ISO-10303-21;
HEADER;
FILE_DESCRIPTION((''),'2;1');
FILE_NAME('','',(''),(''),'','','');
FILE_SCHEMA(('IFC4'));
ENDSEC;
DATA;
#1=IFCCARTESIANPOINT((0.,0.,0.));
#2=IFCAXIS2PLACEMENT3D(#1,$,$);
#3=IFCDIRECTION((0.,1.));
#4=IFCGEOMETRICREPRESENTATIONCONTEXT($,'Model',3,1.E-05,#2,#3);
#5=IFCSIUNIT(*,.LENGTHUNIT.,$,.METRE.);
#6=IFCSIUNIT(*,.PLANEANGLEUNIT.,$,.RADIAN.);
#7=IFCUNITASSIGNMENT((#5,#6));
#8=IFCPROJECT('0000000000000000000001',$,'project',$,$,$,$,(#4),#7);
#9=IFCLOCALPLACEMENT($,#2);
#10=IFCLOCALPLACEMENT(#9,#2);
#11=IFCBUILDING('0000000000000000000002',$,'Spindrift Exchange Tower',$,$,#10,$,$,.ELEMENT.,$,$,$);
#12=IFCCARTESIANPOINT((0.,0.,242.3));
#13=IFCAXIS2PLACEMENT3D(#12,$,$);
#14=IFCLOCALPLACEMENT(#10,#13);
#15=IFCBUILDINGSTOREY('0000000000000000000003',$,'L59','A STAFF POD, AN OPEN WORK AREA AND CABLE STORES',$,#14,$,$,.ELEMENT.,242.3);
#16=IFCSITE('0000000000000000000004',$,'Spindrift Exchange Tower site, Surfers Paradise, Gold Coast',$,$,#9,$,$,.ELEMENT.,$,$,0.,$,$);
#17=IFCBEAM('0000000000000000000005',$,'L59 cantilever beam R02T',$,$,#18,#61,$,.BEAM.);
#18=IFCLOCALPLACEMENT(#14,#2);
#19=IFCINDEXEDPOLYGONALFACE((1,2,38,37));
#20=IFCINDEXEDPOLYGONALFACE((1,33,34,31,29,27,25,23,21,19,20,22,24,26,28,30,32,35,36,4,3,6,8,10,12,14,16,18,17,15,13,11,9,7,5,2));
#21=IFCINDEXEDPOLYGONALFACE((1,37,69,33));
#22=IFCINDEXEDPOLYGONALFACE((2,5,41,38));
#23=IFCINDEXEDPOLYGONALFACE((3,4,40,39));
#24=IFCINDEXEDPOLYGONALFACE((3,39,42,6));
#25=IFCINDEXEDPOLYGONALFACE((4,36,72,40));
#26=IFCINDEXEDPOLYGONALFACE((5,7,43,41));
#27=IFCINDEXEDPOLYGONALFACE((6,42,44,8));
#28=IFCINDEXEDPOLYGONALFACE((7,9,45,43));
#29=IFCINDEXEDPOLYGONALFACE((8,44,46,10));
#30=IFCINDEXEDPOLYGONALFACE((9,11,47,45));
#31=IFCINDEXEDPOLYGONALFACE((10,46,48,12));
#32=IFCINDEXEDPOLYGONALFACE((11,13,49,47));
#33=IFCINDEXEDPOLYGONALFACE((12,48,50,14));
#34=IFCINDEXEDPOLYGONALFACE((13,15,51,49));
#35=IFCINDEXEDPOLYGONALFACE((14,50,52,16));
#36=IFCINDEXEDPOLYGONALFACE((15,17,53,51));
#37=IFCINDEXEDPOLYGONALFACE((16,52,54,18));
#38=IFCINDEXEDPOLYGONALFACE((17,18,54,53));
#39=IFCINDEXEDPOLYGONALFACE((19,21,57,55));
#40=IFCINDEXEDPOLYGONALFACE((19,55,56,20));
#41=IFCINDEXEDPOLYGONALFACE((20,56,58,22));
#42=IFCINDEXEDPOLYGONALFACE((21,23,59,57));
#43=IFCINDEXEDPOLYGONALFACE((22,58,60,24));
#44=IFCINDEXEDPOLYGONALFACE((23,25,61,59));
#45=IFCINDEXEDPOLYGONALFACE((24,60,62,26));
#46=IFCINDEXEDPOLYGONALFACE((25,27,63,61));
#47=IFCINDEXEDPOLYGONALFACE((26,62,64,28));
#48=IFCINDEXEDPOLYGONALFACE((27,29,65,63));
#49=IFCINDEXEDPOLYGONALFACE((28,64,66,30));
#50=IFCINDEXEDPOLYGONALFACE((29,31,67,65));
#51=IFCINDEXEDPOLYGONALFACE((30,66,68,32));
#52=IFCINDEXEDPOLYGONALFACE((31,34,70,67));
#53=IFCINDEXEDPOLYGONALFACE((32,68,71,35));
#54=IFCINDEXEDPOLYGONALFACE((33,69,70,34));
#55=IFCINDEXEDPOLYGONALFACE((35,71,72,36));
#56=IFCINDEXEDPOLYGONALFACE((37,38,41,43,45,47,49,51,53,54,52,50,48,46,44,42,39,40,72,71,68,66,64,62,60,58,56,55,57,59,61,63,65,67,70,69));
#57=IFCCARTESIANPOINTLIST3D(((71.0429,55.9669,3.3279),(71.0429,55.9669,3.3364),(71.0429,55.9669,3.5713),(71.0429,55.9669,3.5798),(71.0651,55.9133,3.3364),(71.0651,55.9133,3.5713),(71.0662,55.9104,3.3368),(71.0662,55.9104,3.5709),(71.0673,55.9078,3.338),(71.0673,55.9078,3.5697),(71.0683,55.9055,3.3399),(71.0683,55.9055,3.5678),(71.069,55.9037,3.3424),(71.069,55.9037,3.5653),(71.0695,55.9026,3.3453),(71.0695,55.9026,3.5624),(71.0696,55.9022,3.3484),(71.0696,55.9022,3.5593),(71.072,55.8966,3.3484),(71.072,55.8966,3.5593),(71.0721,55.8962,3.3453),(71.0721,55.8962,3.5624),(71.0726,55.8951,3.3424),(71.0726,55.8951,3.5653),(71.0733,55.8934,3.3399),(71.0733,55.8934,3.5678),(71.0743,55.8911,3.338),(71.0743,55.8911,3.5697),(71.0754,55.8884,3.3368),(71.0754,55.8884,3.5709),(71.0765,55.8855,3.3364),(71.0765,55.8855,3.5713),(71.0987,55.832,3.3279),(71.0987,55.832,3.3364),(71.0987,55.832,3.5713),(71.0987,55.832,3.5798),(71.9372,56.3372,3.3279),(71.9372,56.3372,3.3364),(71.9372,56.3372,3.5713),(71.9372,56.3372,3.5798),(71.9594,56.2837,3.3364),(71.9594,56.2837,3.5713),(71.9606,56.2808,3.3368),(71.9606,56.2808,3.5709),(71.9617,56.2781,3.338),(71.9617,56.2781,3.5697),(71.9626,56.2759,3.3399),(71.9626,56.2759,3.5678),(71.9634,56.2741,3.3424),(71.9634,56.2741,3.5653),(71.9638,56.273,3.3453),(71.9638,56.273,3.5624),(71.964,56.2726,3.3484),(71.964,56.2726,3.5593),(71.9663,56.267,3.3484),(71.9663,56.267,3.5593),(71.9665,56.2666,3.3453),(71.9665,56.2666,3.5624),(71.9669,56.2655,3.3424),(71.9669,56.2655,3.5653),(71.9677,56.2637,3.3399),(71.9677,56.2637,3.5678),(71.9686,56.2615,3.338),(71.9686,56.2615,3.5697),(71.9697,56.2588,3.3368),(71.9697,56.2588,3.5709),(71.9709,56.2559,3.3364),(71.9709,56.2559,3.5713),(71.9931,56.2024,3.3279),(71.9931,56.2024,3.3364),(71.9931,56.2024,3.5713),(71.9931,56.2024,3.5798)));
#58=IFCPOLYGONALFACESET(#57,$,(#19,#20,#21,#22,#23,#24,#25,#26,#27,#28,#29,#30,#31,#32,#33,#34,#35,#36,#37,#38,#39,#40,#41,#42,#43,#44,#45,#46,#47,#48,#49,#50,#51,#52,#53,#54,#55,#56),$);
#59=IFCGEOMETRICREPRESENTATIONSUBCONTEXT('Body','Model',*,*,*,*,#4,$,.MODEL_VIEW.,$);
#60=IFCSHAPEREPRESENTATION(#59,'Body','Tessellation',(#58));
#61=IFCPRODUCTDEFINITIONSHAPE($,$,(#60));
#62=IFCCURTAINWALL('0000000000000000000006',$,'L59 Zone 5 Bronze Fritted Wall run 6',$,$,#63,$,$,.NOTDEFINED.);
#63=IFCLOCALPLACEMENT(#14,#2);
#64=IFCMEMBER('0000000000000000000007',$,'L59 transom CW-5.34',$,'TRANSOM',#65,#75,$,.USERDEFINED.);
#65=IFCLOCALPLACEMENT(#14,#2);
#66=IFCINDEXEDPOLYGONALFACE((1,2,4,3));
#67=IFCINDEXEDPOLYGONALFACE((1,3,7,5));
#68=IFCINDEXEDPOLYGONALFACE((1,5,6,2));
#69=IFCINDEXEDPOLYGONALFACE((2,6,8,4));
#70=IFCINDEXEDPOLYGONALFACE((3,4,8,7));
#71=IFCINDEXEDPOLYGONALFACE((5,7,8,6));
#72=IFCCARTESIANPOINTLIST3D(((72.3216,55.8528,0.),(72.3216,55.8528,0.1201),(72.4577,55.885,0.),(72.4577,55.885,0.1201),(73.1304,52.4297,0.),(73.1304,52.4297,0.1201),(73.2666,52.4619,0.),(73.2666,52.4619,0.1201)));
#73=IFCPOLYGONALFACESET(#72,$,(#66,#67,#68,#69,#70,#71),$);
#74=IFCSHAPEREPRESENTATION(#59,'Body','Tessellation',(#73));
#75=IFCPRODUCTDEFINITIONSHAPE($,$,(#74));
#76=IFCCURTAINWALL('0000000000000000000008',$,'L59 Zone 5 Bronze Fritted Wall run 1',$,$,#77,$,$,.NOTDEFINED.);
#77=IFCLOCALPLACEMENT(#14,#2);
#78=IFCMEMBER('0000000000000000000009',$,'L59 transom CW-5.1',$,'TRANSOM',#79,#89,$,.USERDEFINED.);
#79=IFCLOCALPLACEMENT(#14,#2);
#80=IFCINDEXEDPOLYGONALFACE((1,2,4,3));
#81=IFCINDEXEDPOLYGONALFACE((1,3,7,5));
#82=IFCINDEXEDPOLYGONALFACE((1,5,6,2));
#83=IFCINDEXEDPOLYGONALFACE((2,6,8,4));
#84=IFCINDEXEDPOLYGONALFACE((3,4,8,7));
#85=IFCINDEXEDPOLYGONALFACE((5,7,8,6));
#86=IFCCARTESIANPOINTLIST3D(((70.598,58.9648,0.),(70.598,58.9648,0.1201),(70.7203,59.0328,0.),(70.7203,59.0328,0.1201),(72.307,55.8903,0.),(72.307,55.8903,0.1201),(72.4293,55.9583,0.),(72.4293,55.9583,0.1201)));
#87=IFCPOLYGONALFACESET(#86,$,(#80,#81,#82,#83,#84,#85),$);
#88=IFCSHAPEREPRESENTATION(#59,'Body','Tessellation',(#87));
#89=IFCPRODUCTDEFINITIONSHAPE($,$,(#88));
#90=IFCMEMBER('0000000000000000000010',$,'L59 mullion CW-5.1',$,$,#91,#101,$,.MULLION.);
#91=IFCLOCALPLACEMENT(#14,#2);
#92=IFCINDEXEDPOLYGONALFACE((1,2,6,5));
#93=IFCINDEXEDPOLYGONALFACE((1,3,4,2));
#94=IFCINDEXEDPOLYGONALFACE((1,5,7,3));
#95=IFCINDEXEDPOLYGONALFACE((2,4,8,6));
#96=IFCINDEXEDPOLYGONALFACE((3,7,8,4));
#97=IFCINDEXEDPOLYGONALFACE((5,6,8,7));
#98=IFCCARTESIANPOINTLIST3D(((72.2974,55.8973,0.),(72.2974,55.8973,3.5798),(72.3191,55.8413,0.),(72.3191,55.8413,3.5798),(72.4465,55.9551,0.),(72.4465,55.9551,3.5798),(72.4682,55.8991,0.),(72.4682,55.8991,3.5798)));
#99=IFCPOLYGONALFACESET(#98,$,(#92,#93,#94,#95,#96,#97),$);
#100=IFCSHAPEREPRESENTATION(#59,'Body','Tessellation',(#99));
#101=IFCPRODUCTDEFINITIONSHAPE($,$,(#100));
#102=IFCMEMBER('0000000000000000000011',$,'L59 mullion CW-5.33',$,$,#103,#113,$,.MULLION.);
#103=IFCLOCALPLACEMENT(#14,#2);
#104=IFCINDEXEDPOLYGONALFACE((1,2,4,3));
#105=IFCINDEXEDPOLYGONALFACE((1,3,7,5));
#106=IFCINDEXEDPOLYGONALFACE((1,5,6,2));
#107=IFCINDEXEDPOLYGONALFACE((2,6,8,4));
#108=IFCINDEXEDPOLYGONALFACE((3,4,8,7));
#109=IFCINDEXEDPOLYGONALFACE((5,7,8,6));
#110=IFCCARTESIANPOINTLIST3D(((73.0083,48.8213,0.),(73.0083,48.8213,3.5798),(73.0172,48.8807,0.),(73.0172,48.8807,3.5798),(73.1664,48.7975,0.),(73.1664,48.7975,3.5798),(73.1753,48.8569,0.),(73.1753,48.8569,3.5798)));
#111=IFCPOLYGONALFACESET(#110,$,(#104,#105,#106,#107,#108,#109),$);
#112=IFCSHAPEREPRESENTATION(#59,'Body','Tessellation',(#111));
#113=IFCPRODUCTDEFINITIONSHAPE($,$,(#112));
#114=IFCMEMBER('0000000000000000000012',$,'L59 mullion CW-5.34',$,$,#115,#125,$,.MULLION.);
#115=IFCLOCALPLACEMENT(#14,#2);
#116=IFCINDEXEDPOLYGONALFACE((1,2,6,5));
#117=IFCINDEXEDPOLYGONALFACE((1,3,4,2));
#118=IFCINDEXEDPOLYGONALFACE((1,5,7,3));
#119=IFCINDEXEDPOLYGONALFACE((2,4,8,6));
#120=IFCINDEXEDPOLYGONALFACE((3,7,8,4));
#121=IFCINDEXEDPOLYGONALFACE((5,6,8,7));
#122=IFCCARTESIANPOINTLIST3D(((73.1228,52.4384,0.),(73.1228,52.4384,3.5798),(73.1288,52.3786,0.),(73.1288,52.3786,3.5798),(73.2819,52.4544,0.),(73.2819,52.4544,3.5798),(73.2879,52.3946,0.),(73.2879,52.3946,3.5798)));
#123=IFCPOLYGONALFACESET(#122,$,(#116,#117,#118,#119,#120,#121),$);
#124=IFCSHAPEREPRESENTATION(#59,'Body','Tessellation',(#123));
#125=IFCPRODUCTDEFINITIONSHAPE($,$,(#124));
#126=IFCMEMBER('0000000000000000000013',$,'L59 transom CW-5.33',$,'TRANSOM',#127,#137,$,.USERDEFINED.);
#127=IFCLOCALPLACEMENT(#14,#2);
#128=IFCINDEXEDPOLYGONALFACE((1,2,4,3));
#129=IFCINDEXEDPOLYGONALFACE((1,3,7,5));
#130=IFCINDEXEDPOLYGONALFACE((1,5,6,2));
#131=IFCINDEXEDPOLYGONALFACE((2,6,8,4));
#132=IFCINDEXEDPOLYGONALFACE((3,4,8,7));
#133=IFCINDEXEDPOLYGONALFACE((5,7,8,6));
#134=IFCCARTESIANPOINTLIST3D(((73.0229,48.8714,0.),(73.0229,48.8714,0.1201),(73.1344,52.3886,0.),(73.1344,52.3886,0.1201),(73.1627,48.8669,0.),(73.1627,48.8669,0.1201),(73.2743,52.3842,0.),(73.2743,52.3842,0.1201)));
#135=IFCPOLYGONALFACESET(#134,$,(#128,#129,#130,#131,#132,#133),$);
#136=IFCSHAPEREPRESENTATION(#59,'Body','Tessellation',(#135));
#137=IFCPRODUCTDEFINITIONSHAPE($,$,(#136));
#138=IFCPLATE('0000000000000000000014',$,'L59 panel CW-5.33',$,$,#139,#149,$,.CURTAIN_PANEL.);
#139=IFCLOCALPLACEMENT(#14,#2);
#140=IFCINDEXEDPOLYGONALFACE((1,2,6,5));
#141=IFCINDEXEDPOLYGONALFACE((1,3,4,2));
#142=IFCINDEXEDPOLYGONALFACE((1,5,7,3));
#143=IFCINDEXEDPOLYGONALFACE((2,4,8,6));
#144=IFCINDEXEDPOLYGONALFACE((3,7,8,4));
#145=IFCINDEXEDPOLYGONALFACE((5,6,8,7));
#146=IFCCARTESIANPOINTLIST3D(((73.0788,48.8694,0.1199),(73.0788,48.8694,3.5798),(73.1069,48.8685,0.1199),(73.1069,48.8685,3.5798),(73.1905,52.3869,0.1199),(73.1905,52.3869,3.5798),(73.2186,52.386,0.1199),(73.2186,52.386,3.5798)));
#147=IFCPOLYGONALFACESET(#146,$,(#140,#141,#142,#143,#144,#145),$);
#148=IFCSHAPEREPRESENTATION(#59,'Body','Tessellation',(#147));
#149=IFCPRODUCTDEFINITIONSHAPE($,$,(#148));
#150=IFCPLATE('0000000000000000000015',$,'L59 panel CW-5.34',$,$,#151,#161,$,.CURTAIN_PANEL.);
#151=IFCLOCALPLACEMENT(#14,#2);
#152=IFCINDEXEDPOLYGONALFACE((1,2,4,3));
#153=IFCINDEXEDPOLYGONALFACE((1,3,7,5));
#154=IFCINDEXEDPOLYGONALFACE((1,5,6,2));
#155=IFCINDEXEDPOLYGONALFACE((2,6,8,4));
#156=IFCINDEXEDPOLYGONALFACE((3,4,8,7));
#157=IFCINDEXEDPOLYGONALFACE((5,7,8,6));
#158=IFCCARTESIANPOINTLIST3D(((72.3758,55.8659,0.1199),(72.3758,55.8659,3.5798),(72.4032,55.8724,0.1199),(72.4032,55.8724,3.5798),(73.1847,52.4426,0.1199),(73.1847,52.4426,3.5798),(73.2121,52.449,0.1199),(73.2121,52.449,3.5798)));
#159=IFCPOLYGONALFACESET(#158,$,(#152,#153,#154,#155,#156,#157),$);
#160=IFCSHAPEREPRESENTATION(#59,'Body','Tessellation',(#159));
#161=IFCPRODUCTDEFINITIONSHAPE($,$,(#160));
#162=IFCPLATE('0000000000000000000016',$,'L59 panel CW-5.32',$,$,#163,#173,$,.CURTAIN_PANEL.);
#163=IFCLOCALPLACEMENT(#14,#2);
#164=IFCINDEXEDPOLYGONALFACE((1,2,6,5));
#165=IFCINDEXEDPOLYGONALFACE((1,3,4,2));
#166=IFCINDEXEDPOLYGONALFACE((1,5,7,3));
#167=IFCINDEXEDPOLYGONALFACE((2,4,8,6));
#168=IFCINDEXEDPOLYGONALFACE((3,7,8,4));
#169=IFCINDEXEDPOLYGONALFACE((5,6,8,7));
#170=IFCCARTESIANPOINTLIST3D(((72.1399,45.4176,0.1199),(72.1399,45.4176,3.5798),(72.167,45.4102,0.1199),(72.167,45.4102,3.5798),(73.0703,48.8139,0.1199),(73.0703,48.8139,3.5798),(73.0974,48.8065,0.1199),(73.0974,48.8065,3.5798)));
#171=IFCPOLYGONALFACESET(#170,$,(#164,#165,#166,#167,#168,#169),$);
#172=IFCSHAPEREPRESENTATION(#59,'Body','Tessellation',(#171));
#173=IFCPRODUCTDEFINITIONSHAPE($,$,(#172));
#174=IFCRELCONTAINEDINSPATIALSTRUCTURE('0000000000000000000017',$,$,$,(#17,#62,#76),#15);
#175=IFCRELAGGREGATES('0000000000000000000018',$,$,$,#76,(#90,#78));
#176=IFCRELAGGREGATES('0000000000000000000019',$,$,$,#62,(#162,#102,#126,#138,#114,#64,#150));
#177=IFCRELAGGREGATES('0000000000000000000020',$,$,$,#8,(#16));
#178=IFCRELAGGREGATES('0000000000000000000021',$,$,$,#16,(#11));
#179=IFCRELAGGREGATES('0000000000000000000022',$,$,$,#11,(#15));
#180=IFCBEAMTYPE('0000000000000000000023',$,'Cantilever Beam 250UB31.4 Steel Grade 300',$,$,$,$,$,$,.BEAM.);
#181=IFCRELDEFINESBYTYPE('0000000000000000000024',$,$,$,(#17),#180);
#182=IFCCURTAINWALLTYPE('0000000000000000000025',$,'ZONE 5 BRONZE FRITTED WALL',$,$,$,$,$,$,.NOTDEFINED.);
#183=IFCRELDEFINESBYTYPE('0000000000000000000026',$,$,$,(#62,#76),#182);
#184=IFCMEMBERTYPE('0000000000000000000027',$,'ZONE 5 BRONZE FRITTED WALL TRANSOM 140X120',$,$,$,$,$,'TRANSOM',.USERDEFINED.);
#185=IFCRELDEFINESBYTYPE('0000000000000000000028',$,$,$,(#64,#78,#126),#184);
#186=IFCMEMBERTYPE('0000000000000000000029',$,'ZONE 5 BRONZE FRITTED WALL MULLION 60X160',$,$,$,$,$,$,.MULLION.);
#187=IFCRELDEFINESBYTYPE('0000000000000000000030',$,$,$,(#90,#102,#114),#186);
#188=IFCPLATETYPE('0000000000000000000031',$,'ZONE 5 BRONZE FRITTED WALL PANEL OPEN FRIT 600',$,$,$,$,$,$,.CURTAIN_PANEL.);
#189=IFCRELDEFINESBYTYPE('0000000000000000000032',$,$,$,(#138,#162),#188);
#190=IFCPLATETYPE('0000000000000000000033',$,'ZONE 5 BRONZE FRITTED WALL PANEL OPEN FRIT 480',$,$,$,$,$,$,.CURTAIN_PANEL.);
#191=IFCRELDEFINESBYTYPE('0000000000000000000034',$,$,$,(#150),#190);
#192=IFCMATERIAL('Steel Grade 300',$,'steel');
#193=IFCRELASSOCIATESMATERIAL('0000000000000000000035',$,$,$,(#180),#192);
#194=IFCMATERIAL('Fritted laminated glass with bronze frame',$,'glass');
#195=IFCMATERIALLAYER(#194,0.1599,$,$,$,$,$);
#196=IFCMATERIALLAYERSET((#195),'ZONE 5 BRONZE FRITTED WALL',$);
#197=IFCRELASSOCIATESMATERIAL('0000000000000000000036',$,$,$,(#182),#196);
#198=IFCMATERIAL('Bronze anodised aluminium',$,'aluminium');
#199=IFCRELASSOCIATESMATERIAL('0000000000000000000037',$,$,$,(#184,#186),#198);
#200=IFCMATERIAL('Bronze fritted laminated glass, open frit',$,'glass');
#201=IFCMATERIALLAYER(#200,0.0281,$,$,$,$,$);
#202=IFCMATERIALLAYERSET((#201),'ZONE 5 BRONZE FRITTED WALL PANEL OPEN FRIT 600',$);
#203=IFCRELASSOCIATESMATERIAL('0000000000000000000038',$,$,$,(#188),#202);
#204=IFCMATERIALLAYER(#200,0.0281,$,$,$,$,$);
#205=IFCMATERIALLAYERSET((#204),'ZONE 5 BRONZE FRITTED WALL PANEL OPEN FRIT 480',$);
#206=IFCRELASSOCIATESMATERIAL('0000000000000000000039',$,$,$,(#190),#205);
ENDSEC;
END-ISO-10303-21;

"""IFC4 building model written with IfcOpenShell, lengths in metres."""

from ifc_helpers import new_model, si_unit, direction, frame, origin, origin_2d, place, context, subcontext, project, spatial, rectangle, i_section, extrude, source, transform, mapped, material, layer, layer_set, material_profile, profile_set, type_object, element, aggregate, save


model = new_model("IFC4")

# Units and contexts
model_context = context("Model", 3, precision=1e-05, world=origin(), true_north=direction((0.0, 1.0)))
body_context = subcontext(model_context, "Body", "Model", "MODEL_VIEW")
ifc_project = project(units=[si_unit("LENGTHUNIT", "METRE"), si_unit("PLANEANGLEUNIT", "RADIAN")], contexts=[model_context])

# Site, building, storey
site_placement = place(None, origin())
site = spatial("IfcSite", under=ifc_project, at=site_placement, Name="Spindrift Exchange Tower site, Surfers Paradise, Gold Coast", CompositionType="ELEMENT", RefElevation=0.0)
building_placement = place(site_placement, origin())
building = spatial("IfcBuilding", under=site, at=building_placement, Name="Spindrift Exchange Tower", CompositionType="ELEMENT")
storey_placement = place(building_placement, frame((0.0, 0.0, 242.3)))
storey = spatial("IfcBuildingStorey", under=building, at=storey_placement, Name="L59", Description="A STAFF POD, AN OPEN WORK AREA AND CABLE STORES", CompositionType="ELEMENT", Elevation=242.3)

# Beam
ifc_material_1 = material(Name="Steel Grade 300", Category="steel")
ifc_material_profile_1 = material_profile(ifc_material_1, i_section(OverallWidth=0.146, OverallDepth=0.252, WebThickness=0.0061, FlangeThickness=0.0085, FilletRadius=0.012, at=origin_2d()), Name="250UB31.4")
ifc_profile_set_1 = profile_set([ifc_material_profile_1], Name="Steel Grade 300")
beam_type_1 = type_object("IfcBeamType", Name="Cantilever Beam 250UB31.4 Steel Grade 300", PredefinedType="BEAM", material=ifc_profile_set_1)
shared_shape_1 = source(origin(), body_context, "Body", "SweptSolid", [
    extrude(i_section(OverallWidth=0.146, OverallDepth=0.252, WebThickness=0.0061, FlangeThickness=0.0085, FilletRadius=0.012, at=origin_2d()), origin(), (0.0, 0.0, 1.0), 0.968),
])
beam_1_placement = place(storey_placement, frame((71.0708, 55.8994, 3.4539), z_axis=(0.923903, 0.382627, 0.0), x_axis=(-0.382627, 0.923903, 0.0)))
element("IfcBeam", 1, at=beam_1_placement, inside=storey, type_object=beam_type_1, Name="L59 cantilever beam R02T", PredefinedType="BEAM", context=body_context, shape_type="MappedRepresentation", body=[
    mapped(shared_shape_1, transform((0.0, 0.0, 0.0), scale=1.0)),
])

# Curtain wall, member
ifc_material_2 = material(Name="Fritted laminated glass with bronze frame", Category="glass")
ifc_layer_1 = layer(ifc_material_2, 0.1599)
ifc_layer_set_1 = layer_set([ifc_layer_1], Name="ZONE 5 BRONZE FRITTED WALL")
curtain_wall_type = type_object("IfcCurtainWallType", Name="ZONE 5 BRONZE FRITTED WALL", PredefinedType="NOTDEFINED", material=ifc_layer_set_1)
curtain_wall_1_placement = place(storey_placement, origin())
curtain_wall_1 = element("IfcCurtainWall", 2, at=curtain_wall_1_placement, inside=storey, type_object=curtain_wall_type, Name="L59 Zone 5 Bronze Fritted Wall run 6", PredefinedType="NOTDEFINED")
ifc_material_3 = material(Name="Bronze anodised aluminium", Category="aluminium")
ifc_material_profile_2 = material_profile(ifc_material_3, rectangle(XDim=0.1399, YDim=0.1201, at=origin_2d()), Name="ZONE 5 BRONZE FRITTED WALL TRANSOM 140X120")
ifc_profile_set_2 = profile_set([ifc_material_profile_2], Name="Bronze anodised aluminium")
member_type_1 = type_object("IfcMemberType", Name="ZONE 5 BRONZE FRITTED WALL TRANSOM 140X120", ElementType="TRANSOM", PredefinedType="USERDEFINED", material=ifc_profile_set_2)
shared_shape_2 = source(origin(), body_context, "Body", "SweptSolid", [
    extrude(rectangle(XDim=0.1399, YDim=0.1201, at=origin_2d()), origin(), (0.0, 0.0, 1.0), 3.5173),
])
member_1_placement = place(storey_placement, frame((73.1985, 52.4458, 0.0601), z_axis=(-0.229956, 0.973201, 0.0), x_axis=(-0.973201, -0.229956, 0.0)))
member_1 = element("IfcMember", 3, at=member_1_placement, type_object=member_type_1, Name="L59 transom CW-5.34", ObjectType="TRANSOM", PredefinedType="USERDEFINED", context=body_context, shape_type="MappedRepresentation", body=[
    mapped(shared_shape_2, transform((0.0, 0.0, 0.0), scale=1.0)),
])

# Curtain wall, members
curtain_wall_2_placement = place(storey_placement, origin())
curtain_wall_2 = element("IfcCurtainWall", 4, at=curtain_wall_2_placement, inside=storey, type_object=curtain_wall_type, Name="L59 Zone 5 Bronze Fritted Wall run 1", PredefinedType="NOTDEFINED")
shared_shape_3 = source(origin(), body_context, "Body", "SweptSolid", [
    extrude(rectangle(XDim=0.1399, YDim=0.1201, at=origin_2d()), origin(), (0.0, 0.0, 1.0), 3.5176),
])
member_2_placement = place(storey_placement, frame((72.3682, 55.9243, 0.0601), z_axis=(-0.485849, 0.874043, 0.0), x_axis=(-0.874043, -0.485849, 0.0)))
member_2 = element("IfcMember", 5, at=member_2_placement, type_object=member_type_1, Name="L59 transom CW-5.1", ObjectType="TRANSOM", PredefinedType="USERDEFINED", context=body_context, shape_type="MappedRepresentation", body=[
    mapped(shared_shape_3, transform((0.0, 0.0, 0.0), scale=1.0)),
])
ifc_material_profile_3 = material_profile(ifc_material_3, rectangle(XDim=0.0601, YDim=0.1599, at=origin_2d()), Name="ZONE 5 BRONZE FRITTED WALL MULLION 60X160")
ifc_profile_set_3 = profile_set([ifc_material_profile_3], Name="Bronze anodised aluminium")
member_type_2 = type_object("IfcMemberType", Name="ZONE 5 BRONZE FRITTED WALL MULLION 60X160", PredefinedType="MULLION", material=ifc_profile_set_3)
shared_shape_4 = source(origin(), body_context, "Body", "SweptSolid", [
    extrude(rectangle(XDim=0.0601, YDim=0.1599, at=origin_2d()), origin(), (0.0, 0.0, 1.0), 3.5798),
])
member_3_placement = place(storey_placement, frame((72.3828, 55.8982, 0.0), z_axis=(0.0, 0.0, 1.0), x_axis=(-0.361319, 0.932442, 0.0)))
member_3 = element("IfcMember", 6, at=member_3_placement, type_object=member_type_2, Name="L59 mullion CW-5.1", PredefinedType="MULLION", context=body_context, shape_type="MappedRepresentation", body=[
    mapped(shared_shape_4, transform((0.0, 0.0, 0.0), scale=1.0)),
])
aggregate(curtain_wall_2, [member_3, member_2])

# Members
member_4_placement = place(storey_placement, frame((73.0918, 48.8391, 0.0), z_axis=(0.0, 0.0, 1.0), x_axis=(0.149009, 0.988836, 0.0)))
member_4 = element("IfcMember", 7, at=member_4_placement, type_object=member_type_2, Name="L59 mullion CW-5.33", PredefinedType="MULLION", context=body_context, shape_type="MappedRepresentation", body=[
    mapped(shared_shape_4, transform((0.0, 0.0, 0.0), scale=1.0)),
])
member_5_placement = place(storey_placement, frame((73.2053, 52.4165, 0.0), z_axis=(0.0, 0.0, 1.0), x_axis=(-0.099979, 0.99499, 0.0)))
member_5 = element("IfcMember", 8, at=member_5_placement, type_object=member_type_2, Name="L59 mullion CW-5.34", PredefinedType="MULLION", context=body_context, shape_type="MappedRepresentation", body=[
    mapped(shared_shape_4, transform((0.0, 0.0, 0.0), scale=1.0)),
])
shared_shape_5 = source(origin(), body_context, "Body", "SweptSolid", [
    extrude(rectangle(XDim=0.1399, YDim=0.1201, at=origin_2d()), origin(), (0.0, 0.0, 1.0), 3.519),
])
member_6_placement = place(storey_placement, frame((73.0928, 48.8691, 0.0601), z_axis=(0.031705, 0.999497, 0.0), x_axis=(-0.999497, 0.031705, 0.0)))
member_6 = element("IfcMember", 9, at=member_6_placement, type_object=member_type_1, Name="L59 transom CW-5.33", ObjectType="TRANSOM", PredefinedType="USERDEFINED", context=body_context, shape_type="MappedRepresentation", body=[
    mapped(shared_shape_5, transform((0.0, 0.0, 0.0), scale=1.0)),
])

# Plates
ifc_material_4 = material(Name="Bronze fritted laminated glass, open frit", Category="glass")
ifc_layer_2 = layer(ifc_material_4, 0.0281)
ifc_layer_set_2 = layer_set([ifc_layer_2], Name="ZONE 5 BRONZE FRITTED WALL PANEL OPEN FRIT 600")
plate_type_1 = type_object("IfcPlateType", Name="ZONE 5 BRONZE FRITTED WALL PANEL OPEN FRIT 600", PredefinedType="CURTAIN_PANEL", material=ifc_layer_set_2)
shared_shape_6 = source(origin(), body_context, "Body", "SweptSolid", [
    extrude(rectangle(XDim=3.5193, YDim=0.0281, at=origin_2d()), origin(), (0.0, 0.0, 1.0), 3.46),
])
plate_1_placement = place(storey_placement, frame((73.1487, 50.6277, 0.1199), z_axis=(0.0, 0.0, 1.0), x_axis=(0.031739, 0.999496, 0.0)))
plate_1 = element("IfcPlate", 10, at=plate_1_placement, type_object=plate_type_1, Name="L59 panel CW-5.33", PredefinedType="CURTAIN_PANEL", context=body_context, shape_type="MappedRepresentation", body=[
    mapped(shared_shape_6, transform((0.0, 0.0, 0.0), scale=1.0)),
])
ifc_layer_3 = layer(ifc_material_4, 0.0281)
ifc_layer_set_3 = layer_set([ifc_layer_3], Name="ZONE 5 BRONZE FRITTED WALL PANEL OPEN FRIT 480")
plate_type_2 = type_object("IfcPlateType", Name="ZONE 5 BRONZE FRITTED WALL PANEL OPEN FRIT 480", PredefinedType="CURTAIN_PANEL", material=ifc_layer_set_3)
shared_shape_7 = source(origin(), body_context, "Body", "SweptSolid", [
    extrude(rectangle(XDim=3.5176, YDim=0.0281, at=origin_2d()), origin(), (0.0, 0.0, 1.0), 3.46),
])
plate_2_placement = place(storey_placement, frame((72.7939, 54.1575, 0.1199), z_axis=(0.0, 0.0, 1.0), x_axis=(-0.22996, 0.9732, 0.0)))
plate_2 = element("IfcPlate", 11, at=plate_2_placement, type_object=plate_type_2, Name="L59 panel CW-5.34", PredefinedType="CURTAIN_PANEL", context=body_context, shape_type="MappedRepresentation", body=[
    mapped(shared_shape_7, transform((0.0, 0.0, 0.0), scale=1.0)),
])
shared_shape_8 = source(origin(), body_context, "Body", "SweptSolid", [
    extrude(rectangle(XDim=3.5215, YDim=0.0281, at=origin_2d()), origin(), (0.0, 0.0, 1.0), 3.46),
])
plate_3_placement = place(storey_placement, frame((72.6187, 47.1121, 0.1199), z_axis=(0.0, 0.0, 1.0), x_axis=(0.264213, 0.964464, 0.0)))
plate_3 = element("IfcPlate", 12, at=plate_3_placement, type_object=plate_type_1, Name="L59 panel CW-5.32", PredefinedType="CURTAIN_PANEL", context=body_context, shape_type="MappedRepresentation", body=[
    mapped(shared_shape_8, transform((0.0, 0.0, 0.0), scale=1.0)),
])
aggregate(curtain_wall_1, [plate_3, member_4, member_6, plate_1, member_5, member_1, plate_2])

save(model, "model.ifc")
